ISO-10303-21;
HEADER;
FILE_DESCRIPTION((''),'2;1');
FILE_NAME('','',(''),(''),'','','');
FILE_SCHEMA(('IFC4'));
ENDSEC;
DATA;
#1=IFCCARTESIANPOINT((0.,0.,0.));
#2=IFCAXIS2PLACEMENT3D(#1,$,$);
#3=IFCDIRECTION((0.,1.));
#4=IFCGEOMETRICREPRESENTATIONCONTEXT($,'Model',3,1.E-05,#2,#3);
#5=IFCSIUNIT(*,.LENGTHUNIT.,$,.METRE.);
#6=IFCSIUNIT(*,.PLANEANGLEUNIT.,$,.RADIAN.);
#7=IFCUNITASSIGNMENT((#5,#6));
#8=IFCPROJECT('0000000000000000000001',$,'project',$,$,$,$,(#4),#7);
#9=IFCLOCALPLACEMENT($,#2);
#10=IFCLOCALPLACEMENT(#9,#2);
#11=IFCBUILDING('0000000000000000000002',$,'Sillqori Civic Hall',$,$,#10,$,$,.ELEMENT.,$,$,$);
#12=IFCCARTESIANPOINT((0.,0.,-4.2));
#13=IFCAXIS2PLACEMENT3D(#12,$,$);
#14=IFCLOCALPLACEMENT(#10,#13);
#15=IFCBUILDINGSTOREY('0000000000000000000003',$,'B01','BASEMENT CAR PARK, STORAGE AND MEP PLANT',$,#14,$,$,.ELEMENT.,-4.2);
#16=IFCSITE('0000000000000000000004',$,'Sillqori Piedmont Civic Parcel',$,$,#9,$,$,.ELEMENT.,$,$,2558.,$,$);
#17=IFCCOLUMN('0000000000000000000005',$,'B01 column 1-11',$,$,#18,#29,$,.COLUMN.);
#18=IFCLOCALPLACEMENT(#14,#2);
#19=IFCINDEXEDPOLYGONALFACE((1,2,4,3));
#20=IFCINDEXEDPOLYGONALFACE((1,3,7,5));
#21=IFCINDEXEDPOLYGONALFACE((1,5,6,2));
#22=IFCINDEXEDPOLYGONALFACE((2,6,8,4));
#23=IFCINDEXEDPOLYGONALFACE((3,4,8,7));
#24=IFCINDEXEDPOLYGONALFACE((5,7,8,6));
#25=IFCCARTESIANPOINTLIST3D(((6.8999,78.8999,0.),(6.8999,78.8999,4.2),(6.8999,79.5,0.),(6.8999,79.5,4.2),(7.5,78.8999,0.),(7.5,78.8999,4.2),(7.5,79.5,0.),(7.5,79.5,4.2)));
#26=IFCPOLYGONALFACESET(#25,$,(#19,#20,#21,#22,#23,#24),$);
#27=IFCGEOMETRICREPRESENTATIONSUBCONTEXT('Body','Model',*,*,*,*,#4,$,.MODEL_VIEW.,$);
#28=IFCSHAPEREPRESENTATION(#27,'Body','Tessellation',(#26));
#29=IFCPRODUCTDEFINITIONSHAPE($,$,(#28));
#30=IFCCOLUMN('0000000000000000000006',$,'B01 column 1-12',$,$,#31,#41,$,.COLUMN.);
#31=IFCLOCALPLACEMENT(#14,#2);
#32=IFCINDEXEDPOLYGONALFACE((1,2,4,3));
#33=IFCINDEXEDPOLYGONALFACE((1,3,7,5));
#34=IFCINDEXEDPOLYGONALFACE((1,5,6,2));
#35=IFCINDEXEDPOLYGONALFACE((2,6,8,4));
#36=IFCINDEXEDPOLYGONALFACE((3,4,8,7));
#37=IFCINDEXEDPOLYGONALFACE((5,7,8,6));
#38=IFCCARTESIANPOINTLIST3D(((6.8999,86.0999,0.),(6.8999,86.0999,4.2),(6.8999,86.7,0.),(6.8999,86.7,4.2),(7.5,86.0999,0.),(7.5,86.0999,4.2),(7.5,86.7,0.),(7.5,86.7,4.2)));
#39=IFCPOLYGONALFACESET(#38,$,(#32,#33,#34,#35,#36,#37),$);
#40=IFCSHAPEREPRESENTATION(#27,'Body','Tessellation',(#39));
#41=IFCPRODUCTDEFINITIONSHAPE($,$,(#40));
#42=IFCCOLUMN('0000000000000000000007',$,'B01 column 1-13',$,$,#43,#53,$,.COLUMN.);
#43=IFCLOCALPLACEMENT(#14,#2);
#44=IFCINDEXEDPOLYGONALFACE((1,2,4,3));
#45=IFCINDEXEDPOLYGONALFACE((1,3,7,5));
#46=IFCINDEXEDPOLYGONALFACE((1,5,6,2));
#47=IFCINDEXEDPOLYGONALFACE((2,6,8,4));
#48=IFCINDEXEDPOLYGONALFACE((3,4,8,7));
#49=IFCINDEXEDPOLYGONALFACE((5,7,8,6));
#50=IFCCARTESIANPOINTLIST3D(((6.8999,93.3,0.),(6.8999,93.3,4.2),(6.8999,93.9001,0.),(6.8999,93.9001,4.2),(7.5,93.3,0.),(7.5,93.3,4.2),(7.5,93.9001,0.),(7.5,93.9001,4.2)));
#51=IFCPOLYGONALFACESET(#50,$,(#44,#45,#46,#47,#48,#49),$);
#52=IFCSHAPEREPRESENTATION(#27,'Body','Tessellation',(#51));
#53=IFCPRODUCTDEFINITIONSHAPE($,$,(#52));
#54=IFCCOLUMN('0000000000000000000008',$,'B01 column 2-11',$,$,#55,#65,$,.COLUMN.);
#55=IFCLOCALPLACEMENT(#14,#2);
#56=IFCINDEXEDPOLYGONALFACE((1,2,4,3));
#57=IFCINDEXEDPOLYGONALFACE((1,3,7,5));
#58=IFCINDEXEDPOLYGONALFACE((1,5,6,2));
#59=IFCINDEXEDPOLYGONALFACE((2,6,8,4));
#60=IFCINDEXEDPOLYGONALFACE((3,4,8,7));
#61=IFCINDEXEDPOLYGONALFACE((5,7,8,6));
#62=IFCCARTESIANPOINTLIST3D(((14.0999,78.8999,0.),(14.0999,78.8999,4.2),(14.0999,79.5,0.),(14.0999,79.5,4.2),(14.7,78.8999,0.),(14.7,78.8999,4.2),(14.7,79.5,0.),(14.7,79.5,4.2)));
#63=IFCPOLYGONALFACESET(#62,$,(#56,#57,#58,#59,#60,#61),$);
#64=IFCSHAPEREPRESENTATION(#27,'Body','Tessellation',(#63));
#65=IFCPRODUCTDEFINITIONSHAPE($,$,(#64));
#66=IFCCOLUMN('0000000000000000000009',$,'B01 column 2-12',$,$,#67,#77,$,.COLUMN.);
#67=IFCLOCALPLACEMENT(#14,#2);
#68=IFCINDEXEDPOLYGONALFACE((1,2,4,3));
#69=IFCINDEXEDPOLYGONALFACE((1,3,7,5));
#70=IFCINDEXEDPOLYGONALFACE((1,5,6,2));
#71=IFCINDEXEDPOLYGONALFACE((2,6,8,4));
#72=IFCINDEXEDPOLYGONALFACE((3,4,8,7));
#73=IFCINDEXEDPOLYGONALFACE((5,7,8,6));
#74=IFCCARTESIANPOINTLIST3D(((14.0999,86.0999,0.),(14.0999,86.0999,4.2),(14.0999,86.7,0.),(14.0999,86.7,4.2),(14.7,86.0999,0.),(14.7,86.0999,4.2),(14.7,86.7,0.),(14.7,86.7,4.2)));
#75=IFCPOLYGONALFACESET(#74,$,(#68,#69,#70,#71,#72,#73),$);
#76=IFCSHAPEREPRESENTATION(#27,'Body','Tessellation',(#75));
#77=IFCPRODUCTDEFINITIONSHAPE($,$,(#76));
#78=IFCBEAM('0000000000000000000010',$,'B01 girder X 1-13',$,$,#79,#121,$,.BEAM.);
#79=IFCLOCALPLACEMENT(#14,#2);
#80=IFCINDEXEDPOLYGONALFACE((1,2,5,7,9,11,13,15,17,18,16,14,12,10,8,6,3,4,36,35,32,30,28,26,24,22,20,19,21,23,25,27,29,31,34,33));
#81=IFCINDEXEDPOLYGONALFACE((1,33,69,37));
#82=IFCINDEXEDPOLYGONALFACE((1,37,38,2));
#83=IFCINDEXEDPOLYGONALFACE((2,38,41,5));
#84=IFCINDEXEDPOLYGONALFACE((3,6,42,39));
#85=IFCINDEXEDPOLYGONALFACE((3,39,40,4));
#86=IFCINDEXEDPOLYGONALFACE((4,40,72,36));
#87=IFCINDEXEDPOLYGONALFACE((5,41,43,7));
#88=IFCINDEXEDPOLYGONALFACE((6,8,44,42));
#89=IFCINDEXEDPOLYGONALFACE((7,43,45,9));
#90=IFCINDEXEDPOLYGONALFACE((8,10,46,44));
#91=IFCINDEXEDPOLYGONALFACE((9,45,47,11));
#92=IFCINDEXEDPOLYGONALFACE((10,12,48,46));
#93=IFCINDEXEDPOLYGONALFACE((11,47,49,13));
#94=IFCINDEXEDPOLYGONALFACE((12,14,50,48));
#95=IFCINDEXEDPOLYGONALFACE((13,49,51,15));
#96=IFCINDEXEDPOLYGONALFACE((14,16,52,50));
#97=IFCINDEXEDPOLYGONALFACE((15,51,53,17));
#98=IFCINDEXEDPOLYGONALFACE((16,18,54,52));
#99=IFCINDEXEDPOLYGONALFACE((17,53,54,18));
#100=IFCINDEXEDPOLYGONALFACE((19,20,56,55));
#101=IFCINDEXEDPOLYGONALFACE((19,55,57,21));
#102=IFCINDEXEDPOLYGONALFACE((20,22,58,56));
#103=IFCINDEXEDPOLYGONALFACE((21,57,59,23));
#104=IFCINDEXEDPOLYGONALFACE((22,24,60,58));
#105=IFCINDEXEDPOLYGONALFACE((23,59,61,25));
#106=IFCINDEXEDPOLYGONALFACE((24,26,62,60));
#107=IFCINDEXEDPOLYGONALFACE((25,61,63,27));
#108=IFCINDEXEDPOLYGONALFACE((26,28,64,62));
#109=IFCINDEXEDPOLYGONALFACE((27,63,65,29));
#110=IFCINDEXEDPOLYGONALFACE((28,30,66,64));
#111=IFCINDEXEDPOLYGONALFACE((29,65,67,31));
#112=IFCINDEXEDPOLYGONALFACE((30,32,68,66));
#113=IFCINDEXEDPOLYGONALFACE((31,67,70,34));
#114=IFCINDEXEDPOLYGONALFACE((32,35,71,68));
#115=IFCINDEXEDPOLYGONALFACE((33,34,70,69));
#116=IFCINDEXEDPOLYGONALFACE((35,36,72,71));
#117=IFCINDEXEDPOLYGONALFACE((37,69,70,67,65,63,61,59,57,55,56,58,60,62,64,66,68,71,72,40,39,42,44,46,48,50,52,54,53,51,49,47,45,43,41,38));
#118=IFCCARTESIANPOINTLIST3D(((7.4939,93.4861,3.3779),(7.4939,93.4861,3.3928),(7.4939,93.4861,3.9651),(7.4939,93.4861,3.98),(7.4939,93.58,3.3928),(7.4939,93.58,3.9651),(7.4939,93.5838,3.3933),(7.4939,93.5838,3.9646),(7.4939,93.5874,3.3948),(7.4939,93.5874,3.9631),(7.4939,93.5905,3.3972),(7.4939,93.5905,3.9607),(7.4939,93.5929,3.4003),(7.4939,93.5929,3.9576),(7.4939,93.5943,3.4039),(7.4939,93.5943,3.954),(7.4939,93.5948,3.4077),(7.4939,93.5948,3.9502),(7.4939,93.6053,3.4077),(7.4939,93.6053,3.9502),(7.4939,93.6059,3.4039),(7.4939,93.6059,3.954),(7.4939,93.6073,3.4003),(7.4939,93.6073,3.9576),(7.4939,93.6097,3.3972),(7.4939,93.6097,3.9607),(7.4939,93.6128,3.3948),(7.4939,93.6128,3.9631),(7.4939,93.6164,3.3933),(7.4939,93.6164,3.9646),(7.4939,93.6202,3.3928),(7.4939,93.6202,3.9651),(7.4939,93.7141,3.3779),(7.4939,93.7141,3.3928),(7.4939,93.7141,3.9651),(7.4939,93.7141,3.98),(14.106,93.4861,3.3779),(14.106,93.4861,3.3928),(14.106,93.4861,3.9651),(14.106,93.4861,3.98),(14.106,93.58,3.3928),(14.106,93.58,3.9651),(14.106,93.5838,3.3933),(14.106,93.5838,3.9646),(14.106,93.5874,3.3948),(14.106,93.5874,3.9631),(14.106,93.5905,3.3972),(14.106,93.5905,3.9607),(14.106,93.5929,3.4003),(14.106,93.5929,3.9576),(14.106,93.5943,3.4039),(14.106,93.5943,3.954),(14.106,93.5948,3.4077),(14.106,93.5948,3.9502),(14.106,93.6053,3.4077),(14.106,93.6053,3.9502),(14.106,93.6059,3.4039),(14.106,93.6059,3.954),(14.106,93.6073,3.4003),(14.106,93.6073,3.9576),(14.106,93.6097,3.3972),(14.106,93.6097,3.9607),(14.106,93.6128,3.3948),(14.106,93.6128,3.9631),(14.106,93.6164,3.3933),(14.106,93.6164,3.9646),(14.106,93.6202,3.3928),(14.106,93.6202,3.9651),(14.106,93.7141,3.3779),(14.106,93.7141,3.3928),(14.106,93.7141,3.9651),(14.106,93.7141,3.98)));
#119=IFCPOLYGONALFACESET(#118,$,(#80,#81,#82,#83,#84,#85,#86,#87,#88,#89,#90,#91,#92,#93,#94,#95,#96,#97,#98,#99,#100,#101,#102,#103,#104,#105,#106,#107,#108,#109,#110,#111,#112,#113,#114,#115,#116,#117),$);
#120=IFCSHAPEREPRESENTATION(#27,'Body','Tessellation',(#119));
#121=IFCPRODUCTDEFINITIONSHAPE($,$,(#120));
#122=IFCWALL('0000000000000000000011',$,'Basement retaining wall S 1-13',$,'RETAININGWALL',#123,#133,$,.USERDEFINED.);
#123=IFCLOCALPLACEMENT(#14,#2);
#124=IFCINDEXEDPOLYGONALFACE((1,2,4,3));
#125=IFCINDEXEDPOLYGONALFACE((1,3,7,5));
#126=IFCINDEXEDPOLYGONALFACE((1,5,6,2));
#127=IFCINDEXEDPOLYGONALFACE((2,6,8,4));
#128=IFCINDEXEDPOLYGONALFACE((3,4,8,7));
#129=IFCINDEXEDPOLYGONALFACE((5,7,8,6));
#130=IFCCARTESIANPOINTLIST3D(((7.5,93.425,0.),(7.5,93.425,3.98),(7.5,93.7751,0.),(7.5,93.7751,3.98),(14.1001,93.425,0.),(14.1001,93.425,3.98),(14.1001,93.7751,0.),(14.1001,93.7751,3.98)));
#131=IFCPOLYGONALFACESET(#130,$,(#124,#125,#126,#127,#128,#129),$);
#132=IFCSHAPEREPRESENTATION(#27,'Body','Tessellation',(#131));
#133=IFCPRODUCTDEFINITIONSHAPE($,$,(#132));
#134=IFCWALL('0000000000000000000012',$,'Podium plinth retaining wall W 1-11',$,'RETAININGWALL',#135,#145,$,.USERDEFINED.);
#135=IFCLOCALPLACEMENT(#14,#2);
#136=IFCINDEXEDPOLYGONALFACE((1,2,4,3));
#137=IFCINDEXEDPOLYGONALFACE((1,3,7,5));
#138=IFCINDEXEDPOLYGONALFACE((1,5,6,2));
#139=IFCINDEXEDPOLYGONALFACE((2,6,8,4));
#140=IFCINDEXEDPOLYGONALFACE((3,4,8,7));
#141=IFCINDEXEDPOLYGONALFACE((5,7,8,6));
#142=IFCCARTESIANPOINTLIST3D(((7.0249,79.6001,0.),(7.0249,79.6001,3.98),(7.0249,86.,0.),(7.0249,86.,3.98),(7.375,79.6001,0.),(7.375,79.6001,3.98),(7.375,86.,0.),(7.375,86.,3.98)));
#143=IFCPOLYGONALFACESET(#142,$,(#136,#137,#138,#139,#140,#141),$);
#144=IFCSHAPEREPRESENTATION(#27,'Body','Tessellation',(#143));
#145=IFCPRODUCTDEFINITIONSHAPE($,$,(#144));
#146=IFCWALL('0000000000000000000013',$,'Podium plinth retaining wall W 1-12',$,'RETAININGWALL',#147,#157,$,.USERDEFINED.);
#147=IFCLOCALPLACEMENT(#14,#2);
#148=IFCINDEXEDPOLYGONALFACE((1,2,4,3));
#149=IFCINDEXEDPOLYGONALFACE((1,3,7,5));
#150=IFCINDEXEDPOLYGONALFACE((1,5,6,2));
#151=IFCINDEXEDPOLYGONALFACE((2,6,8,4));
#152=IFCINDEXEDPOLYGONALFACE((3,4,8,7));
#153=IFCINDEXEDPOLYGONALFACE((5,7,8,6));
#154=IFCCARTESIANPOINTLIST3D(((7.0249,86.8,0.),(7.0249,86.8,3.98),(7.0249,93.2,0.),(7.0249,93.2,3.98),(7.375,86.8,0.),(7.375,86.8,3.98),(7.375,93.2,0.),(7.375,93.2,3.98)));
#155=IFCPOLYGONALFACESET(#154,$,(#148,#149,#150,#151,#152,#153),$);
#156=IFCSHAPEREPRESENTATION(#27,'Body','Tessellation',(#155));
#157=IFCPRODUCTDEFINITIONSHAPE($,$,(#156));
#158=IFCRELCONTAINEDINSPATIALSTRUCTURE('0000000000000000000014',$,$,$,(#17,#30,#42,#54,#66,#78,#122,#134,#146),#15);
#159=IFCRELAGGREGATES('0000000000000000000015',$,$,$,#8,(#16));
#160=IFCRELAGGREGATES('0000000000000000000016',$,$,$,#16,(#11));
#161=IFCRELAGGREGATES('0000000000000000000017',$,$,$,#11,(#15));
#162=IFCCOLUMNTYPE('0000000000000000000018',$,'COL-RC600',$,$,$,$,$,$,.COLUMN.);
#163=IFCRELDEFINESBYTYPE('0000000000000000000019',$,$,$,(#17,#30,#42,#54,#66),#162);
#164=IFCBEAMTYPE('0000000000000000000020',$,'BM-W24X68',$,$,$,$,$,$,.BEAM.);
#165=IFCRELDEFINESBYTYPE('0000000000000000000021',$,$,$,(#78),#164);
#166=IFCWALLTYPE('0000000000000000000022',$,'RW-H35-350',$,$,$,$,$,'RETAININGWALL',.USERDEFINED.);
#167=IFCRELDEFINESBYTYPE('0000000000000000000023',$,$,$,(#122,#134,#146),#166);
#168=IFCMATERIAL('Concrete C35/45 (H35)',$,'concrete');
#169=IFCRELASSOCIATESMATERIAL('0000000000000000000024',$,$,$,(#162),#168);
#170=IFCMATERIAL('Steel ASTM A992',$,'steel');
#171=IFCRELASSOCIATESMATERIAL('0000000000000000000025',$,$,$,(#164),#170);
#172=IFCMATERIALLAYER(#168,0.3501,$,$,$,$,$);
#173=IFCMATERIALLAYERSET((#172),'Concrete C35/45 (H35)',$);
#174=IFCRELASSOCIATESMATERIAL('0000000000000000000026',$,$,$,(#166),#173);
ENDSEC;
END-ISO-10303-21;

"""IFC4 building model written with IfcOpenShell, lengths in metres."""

from ifc_helpers import new_model, si_unit, direction, frame, frame_2d, origin, origin_2d, place, context, subcontext, project, spatial, rectangle, i_section, extrude, material, layer, layer_set, material_profile, profile_set, type_object, element, save


model = new_model("IFC4")

# Units and contexts
model_context = context("Model", 3, precision=1e-05, world=origin(), true_north=direction((0.0, 1.0)))
body_context = subcontext(model_context, "Body", "Model", "MODEL_VIEW")
ifc_project = project(units=[si_unit("LENGTHUNIT", "METRE"), si_unit("PLANEANGLEUNIT", "RADIAN")], contexts=[model_context])

# Site, building, storey
site_placement = place(None, origin())
site = spatial("IfcSite", under=ifc_project, at=site_placement, Name="Sillqori Piedmont Civic Parcel", CompositionType="ELEMENT", RefElevation=2558.0)
building_placement = place(site_placement, origin())
building = spatial("IfcBuilding", under=site, at=building_placement, Name="Sillqori Civic Hall", CompositionType="ELEMENT")
storey_placement = place(building_placement, frame((0.0, 0.0, -4.2)))
storey = spatial("IfcBuildingStorey", under=building, at=storey_placement, Name="B01", Description="BASEMENT CAR PARK, STORAGE AND MEP PLANT", CompositionType="ELEMENT", Elevation=-4.2)

# Shared definitions
ifc_material_1 = material(Name="Concrete C35/45 (H35)", Category="concrete")

# Columns
ifc_material_profile_1 = material_profile(ifc_material_1, rectangle(XDim=0.6001, YDim=0.6001, at=origin_2d()), Name="RC 600x600")
ifc_profile_set_1 = profile_set([ifc_material_profile_1], Name="Concrete C35/45 (H35)")
column_type = type_object("IfcColumnType", Name="COL-RC600", PredefinedType="COLUMN", material=ifc_profile_set_1)
for number, where, z_axis, x_axis, name in (
    (1, (7.2, 79.2, 0.0), (0.0, 0.0, 1.0), (1.0, 0.0, 0.0), "B01 column 1-11"),
    (2, (7.2, 86.3999, 0.0), (0.0, 0.0, 1.0), (1.0, 0.0, 0.0), "B01 column 1-12"),
    (3, (7.2, 93.6001, 0.0), (0.0, 0.0, 1.0), (1.0, 0.0, 0.0), "B01 column 1-13"),
    (4, (14.3999, 79.2, 0.0), (0.0, 0.0, 1.0), (1.0, 0.0, 0.0), "B01 column 2-11"),
    (5, (14.3999, 86.3999, 0.0), (0.0, 0.0, 1.0), (1.0, 0.0, 0.0), "B01 column 2-12"),
):
    element("IfcColumn", number, at=place(storey_placement, frame(where, z_axis=z_axis, x_axis=x_axis)), inside=storey, type_object=column_type, Name=name, PredefinedType="COLUMN", context=body_context, shape_type="SweptSolid", body=[
        extrude(rectangle(XDim=0.6001, YDim=0.6001, at=origin_2d()), origin(), (0.0, 0.0, 1.0), 4.2),
    ])

# Beam
ifc_material_2 = material(Name="Steel ASTM A992", Category="steel")
ifc_material_profile_2 = material_profile(ifc_material_2, i_section(OverallWidth=0.228, OverallDepth=0.6021, WebThickness=0.0105, FlangeThickness=0.0149, FilletRadius=0.0149, at=origin_2d()), Name="W24X68")
ifc_profile_set_2 = profile_set([ifc_material_profile_2], Name="Steel ASTM A992")
beam_type = type_object("IfcBeamType", Name="BM-W24X68", PredefinedType="BEAM", material=ifc_profile_set_2)
beam_placement = place(storey_placement, frame((7.4939, 93.6001, 3.679), z_axis=(1.0, 0.0, 0.0), x_axis=(0.0, 1.0, 0.0)))
element("IfcBeam", 6, at=beam_placement, inside=storey, type_object=beam_type, Name="B01 girder X 1-13", PredefinedType="BEAM", context=body_context, shape_type="SweptSolid", body=[
    extrude(i_section(OverallWidth=0.228, OverallDepth=0.6021, WebThickness=0.0105, FlangeThickness=0.0149, FilletRadius=0.0149, at=origin_2d()), origin(), (0.0, 0.0, 1.0), 6.6121),
])

# Walls
ifc_layer = layer(ifc_material_1, 0.3501)
ifc_layer_set = layer_set([ifc_layer], Name="Concrete C35/45 (H35)")
wall_type = type_object("IfcWallType", Name="RW-H35-350", ElementType="RETAININGWALL", PredefinedType="USERDEFINED", material=ifc_layer_set)
wall_placement = place(storey_placement, frame((7.5, 93.6001, 0.0), z_axis=(0.0, 0.0, 1.0), x_axis=(1.0, 0.0, 0.0)))
element("IfcWall", 7, at=wall_placement, inside=storey, type_object=wall_type, Name="Basement retaining wall S 1-13", ObjectType="RETAININGWALL", PredefinedType="USERDEFINED", context=body_context, shape_type="SweptSolid", body=[
    extrude(rectangle(XDim=6.6001, YDim=0.3501, at=frame_2d((3.3, 0.0))), origin(), (0.0, 0.0, 1.0), 3.98),
])
for number, where, z_axis, x_axis, name in (
    (8, (7.2, 79.6001, 0.0), (0.0, 0.0, 1.0), (0.0, 1.0, 0.0), "Podium plinth retaining wall W 1-11"),
    (9, (7.2, 86.8, 0.0), (0.0, 0.0, 1.0), (0.0, 1.0, 0.0), "Podium plinth retaining wall W 1-12"),
):
    element("IfcWall", number, at=place(storey_placement, frame(where, z_axis=z_axis, x_axis=x_axis)), inside=storey, type_object=wall_type, Name=name, ObjectType="RETAININGWALL", PredefinedType="USERDEFINED", context=body_context, shape_type="SweptSolid", body=[
        extrude(rectangle(XDim=6.3999, YDim=0.3501, at=frame_2d((3.2, 0.0))), origin(), (0.0, 0.0, 1.0), 3.98),
    ])

save(model, "model.ifc")
